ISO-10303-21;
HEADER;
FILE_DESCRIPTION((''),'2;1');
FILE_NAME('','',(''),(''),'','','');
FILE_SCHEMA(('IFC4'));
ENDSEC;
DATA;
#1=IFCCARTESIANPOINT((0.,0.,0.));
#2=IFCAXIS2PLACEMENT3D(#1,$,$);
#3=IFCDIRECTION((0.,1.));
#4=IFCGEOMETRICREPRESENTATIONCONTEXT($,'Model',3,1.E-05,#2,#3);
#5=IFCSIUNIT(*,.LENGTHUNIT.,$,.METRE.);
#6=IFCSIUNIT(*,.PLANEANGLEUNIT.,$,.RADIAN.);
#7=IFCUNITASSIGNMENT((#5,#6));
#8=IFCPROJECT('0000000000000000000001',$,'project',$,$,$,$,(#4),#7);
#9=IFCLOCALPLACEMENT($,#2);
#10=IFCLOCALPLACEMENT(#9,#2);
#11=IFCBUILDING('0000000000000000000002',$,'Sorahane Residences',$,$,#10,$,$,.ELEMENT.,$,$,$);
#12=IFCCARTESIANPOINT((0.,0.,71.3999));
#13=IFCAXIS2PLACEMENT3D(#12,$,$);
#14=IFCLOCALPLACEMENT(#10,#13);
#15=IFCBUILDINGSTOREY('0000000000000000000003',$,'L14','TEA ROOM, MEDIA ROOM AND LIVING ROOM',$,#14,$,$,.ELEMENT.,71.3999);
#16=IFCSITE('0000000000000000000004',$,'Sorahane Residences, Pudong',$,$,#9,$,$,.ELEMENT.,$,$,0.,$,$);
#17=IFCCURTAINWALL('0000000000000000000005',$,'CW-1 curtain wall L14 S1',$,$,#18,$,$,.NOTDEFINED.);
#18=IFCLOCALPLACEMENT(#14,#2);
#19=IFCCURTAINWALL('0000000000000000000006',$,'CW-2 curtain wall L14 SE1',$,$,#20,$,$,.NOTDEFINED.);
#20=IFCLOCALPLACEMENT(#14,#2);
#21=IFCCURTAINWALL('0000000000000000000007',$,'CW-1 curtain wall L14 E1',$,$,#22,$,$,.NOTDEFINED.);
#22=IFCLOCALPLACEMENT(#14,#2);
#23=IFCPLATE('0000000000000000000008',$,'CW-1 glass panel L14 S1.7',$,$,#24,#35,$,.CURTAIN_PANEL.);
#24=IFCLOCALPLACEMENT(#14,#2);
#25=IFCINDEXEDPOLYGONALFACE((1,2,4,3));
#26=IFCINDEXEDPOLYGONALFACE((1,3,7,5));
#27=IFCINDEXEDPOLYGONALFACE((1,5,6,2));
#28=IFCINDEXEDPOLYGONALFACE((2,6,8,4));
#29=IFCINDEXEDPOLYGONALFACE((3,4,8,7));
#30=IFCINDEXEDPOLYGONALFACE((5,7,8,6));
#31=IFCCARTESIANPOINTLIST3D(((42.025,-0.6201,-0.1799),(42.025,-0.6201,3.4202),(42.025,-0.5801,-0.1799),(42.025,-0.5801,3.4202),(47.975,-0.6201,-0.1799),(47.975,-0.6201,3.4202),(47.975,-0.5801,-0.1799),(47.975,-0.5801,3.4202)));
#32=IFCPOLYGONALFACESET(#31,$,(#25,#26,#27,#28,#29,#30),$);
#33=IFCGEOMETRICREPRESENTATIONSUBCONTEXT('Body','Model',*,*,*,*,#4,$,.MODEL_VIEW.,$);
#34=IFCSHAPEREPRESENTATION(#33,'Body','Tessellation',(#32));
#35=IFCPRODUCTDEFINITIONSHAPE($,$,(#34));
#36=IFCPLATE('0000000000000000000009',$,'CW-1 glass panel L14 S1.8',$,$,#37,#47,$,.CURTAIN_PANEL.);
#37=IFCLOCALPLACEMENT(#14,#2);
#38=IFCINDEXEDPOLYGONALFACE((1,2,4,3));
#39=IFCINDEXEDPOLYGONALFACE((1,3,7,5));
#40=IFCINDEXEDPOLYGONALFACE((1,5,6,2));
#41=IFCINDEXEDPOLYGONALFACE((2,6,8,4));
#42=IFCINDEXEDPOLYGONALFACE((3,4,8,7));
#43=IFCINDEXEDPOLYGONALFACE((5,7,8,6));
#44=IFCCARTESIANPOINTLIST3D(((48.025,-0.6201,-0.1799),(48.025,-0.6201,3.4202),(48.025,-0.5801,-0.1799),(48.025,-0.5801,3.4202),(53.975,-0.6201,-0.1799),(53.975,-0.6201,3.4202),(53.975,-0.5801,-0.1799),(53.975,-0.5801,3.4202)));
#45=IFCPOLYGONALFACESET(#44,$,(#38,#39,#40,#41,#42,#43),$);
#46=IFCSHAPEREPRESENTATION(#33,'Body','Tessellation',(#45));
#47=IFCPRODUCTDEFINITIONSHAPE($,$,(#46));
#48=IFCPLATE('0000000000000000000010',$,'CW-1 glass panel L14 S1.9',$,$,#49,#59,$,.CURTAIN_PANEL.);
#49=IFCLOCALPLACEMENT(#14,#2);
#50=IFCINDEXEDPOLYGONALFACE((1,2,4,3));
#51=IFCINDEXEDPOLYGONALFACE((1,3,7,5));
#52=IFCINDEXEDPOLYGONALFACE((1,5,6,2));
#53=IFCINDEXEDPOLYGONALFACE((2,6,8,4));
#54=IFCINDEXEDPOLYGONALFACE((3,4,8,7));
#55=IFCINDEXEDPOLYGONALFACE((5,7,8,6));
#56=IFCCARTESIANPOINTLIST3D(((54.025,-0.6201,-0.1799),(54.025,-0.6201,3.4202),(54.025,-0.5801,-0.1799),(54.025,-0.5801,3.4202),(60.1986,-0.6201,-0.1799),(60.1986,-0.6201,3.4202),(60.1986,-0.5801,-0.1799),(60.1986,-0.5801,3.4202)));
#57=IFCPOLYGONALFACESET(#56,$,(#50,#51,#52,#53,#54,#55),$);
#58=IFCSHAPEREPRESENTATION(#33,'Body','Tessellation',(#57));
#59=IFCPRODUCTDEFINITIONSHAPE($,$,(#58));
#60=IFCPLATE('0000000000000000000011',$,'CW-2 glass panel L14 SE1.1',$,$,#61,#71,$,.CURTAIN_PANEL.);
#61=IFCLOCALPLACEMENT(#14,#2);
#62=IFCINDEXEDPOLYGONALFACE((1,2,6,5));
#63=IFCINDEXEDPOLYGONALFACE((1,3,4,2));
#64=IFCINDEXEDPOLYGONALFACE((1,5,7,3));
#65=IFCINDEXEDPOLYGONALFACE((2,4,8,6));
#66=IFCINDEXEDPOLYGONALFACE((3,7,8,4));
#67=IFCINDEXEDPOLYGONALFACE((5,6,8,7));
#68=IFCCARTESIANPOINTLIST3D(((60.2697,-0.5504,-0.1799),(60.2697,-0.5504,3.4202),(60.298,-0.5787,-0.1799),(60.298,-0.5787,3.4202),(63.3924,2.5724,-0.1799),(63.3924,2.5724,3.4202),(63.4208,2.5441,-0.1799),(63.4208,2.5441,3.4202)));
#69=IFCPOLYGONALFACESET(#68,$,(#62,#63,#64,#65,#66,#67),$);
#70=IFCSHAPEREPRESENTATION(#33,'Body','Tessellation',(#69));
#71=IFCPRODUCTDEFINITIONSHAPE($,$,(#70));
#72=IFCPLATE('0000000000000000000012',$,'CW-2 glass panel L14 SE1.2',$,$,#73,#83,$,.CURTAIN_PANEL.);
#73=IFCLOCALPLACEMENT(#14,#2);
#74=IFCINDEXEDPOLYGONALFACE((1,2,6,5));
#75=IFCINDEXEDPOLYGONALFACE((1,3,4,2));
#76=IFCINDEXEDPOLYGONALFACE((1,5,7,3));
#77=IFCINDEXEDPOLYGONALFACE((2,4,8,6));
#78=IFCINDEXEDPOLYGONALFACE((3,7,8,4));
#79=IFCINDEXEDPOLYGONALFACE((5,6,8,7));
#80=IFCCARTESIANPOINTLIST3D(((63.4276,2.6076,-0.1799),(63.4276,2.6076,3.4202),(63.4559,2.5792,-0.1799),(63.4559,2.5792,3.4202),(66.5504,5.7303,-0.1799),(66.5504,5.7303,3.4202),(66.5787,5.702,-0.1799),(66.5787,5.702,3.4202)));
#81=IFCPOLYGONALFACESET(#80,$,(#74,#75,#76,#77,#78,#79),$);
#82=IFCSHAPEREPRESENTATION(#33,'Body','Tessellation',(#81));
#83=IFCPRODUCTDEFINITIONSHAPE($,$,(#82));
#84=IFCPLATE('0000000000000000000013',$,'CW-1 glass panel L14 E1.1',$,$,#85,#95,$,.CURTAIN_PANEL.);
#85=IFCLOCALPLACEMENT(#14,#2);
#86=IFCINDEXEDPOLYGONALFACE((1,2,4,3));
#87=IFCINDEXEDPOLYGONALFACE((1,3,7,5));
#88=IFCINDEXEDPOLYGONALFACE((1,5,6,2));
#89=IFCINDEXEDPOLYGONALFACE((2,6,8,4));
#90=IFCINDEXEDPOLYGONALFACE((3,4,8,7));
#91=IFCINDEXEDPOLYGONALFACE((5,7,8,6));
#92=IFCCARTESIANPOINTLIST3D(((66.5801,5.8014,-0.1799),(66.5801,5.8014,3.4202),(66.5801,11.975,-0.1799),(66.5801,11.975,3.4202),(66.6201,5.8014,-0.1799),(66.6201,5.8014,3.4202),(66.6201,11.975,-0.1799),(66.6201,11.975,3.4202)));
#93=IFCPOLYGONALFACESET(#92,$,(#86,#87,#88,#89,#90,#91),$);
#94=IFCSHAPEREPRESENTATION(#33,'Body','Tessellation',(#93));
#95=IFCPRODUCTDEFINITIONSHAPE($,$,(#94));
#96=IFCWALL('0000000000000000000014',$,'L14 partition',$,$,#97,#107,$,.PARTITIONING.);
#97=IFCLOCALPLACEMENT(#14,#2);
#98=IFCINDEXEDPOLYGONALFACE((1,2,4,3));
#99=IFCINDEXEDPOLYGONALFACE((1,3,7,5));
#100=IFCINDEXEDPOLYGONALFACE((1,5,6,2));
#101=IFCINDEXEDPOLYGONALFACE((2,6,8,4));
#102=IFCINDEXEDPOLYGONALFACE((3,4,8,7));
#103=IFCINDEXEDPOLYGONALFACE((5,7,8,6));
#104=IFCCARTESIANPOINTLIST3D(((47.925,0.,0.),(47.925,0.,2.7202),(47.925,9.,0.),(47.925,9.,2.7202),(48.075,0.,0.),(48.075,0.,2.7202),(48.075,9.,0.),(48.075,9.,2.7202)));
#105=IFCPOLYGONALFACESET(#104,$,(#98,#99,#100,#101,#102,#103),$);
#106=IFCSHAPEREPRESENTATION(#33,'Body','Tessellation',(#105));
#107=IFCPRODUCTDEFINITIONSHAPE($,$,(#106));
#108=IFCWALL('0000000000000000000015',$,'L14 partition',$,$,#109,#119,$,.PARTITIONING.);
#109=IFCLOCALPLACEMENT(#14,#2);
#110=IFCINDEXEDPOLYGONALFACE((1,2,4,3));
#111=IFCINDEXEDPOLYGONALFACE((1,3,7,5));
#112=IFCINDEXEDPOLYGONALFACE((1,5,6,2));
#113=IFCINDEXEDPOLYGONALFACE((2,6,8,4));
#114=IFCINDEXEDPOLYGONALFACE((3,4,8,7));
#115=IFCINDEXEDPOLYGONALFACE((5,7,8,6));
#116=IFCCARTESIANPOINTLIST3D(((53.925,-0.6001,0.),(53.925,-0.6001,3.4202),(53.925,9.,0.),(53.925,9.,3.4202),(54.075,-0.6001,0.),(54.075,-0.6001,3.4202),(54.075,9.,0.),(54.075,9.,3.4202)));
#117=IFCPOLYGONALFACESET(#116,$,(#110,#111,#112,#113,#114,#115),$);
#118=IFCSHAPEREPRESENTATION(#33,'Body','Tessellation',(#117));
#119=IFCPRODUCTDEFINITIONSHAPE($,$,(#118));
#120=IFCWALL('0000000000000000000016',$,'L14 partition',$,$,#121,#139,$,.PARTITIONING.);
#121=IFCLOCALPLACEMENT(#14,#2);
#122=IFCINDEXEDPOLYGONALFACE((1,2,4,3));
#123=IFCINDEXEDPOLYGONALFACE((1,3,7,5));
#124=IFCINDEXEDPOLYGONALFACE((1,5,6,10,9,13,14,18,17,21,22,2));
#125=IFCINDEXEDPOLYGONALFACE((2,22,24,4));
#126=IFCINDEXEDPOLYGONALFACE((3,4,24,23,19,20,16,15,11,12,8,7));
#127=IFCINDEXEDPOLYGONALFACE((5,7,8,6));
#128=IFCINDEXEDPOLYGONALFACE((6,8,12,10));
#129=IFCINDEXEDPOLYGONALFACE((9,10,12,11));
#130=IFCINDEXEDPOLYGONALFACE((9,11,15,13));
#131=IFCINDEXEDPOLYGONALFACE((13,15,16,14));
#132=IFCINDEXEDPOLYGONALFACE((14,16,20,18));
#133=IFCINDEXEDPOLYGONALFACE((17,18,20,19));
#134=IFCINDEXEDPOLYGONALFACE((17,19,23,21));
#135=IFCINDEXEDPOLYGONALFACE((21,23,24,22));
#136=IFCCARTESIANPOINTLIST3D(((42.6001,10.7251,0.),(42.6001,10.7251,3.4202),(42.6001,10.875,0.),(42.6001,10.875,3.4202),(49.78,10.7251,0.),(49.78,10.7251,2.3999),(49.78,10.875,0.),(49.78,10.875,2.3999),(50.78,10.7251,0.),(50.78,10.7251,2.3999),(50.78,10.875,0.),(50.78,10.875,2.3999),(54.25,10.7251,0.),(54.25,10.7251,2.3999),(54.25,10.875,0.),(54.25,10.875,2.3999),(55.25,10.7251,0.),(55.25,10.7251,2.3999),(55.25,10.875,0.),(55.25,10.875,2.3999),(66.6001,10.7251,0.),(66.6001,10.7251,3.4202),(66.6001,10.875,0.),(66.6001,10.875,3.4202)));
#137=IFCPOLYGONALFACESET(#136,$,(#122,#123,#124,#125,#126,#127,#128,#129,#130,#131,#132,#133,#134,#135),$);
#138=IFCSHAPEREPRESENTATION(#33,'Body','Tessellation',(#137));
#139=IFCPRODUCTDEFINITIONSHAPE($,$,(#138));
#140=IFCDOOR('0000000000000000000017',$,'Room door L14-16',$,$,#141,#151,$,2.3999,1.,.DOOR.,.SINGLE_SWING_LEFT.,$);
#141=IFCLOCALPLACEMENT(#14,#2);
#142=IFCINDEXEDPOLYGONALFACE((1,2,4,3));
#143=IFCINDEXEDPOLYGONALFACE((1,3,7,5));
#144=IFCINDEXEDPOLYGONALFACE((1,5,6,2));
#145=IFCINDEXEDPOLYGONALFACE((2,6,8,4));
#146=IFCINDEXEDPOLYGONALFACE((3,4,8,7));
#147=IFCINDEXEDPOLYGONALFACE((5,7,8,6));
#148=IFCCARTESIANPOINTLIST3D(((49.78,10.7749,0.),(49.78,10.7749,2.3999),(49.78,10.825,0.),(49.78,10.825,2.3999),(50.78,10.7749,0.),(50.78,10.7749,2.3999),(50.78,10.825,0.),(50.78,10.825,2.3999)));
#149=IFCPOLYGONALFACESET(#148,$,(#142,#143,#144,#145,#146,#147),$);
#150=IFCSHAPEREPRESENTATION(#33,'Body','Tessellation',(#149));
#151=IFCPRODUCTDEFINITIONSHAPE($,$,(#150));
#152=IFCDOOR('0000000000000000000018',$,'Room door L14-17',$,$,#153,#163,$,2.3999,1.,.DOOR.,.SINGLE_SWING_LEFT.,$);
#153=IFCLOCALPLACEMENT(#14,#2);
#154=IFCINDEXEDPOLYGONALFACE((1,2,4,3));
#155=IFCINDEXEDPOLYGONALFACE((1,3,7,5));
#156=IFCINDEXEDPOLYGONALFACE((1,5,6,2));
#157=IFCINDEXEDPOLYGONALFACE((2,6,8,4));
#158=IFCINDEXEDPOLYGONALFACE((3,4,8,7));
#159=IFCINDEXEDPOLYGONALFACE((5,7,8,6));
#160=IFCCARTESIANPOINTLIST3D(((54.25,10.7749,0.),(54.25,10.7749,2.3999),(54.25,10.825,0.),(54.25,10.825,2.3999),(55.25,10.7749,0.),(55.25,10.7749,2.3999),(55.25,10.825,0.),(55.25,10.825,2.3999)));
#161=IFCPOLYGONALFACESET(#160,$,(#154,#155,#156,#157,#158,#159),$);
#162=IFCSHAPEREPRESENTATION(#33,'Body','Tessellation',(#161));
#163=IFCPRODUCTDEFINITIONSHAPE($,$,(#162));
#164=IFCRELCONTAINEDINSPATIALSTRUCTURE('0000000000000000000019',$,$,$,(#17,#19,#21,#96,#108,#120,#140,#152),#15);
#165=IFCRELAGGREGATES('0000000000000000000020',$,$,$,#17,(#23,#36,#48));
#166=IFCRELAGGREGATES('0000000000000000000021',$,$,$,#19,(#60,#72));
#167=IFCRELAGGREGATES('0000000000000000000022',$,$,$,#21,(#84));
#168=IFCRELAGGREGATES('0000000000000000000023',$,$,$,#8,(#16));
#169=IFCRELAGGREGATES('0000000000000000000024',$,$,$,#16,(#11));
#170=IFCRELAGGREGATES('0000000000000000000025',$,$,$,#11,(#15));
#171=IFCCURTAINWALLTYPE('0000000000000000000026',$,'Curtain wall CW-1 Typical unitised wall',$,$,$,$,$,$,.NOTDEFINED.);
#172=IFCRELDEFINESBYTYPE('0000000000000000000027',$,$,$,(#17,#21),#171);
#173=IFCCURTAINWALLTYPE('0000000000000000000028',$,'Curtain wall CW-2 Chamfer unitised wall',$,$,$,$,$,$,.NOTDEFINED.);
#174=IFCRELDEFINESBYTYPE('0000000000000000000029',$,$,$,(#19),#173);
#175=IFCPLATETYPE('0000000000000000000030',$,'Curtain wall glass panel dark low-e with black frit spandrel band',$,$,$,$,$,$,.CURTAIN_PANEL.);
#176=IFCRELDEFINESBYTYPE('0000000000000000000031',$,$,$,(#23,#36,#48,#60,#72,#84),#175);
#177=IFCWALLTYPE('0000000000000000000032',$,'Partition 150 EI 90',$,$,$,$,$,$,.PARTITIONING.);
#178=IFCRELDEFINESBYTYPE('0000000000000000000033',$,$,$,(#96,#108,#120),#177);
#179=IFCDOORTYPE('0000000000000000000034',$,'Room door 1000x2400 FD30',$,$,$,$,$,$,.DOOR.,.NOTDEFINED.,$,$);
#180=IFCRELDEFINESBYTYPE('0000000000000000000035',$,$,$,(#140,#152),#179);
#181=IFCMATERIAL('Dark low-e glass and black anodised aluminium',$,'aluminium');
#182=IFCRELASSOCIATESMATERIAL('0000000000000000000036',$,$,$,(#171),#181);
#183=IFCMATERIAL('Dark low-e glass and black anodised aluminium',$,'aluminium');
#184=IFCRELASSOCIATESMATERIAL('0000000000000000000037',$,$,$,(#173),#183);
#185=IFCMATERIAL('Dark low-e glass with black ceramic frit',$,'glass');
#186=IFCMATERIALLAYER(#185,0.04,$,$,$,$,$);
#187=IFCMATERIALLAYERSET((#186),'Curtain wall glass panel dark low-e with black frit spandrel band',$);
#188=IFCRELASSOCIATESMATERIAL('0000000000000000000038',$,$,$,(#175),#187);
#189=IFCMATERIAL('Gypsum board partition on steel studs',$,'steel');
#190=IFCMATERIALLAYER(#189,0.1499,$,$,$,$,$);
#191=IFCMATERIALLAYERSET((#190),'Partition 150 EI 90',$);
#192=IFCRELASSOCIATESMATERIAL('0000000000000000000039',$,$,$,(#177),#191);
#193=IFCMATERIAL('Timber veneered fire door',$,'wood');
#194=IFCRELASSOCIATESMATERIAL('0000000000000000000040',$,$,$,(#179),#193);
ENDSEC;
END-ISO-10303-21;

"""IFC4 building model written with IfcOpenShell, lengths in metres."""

from ifc_helpers import new_model, si_unit, direction, frame, frame_2d, origin, origin_2d, place, context, subcontext, project, spatial, rectangle, extrude, material, layer, layer_set, type_object, element, fill, aggregate, save


model = new_model("IFC4")

# Units and contexts
model_context = context("Model", 3, precision=1e-05, world=origin(), true_north=direction((0.0, 1.0)))
body_context = subcontext(model_context, "Body", "Model", "MODEL_VIEW")
ifc_project = project(units=[si_unit("LENGTHUNIT", "METRE"), si_unit("PLANEANGLEUNIT", "RADIAN")], contexts=[model_context])

# Site, building, storey
site_placement = place(None, origin())
site = spatial("IfcSite", under=ifc_project, at=site_placement, Name="Sorahane Residences, Pudong", CompositionType="ELEMENT", RefElevation=0.0)
building_placement = place(site_placement, origin())
building = spatial("IfcBuilding", under=site, at=building_placement, Name="Sorahane Residences", CompositionType="ELEMENT")
storey_placement = place(building_placement, frame((0.0, 0.0, 71.3999)))
storey = spatial("IfcBuildingStorey", under=building, at=storey_placement, Name="L14", Description="TEA ROOM, MEDIA ROOM AND LIVING ROOM", CompositionType="ELEMENT", Elevation=71.3999)

# Curtain walls
ifc_material_1 = material(Name="Dark low-e glass and black anodised aluminium", Category="aluminium")
curtain_wall_type_1 = type_object("IfcCurtainWallType", Name="Curtain wall CW-1 Typical unitised wall", PredefinedType="NOTDEFINED", material=ifc_material_1)
curtain_wall_1_placement = place(storey_placement, origin())
curtain_wall_1 = element("IfcCurtainWall", 1, at=curtain_wall_1_placement, inside=storey, type_object=curtain_wall_type_1, Name="CW-1 curtain wall L14 S1", PredefinedType="NOTDEFINED")
ifc_material_2 = material(Name="Dark low-e glass and black anodised aluminium", Category="aluminium")
curtain_wall_type_2 = type_object("IfcCurtainWallType", Name="Curtain wall CW-2 Chamfer unitised wall", PredefinedType="NOTDEFINED", material=ifc_material_2)
curtain_wall_2_placement = place(storey_placement, origin())
curtain_wall_2 = element("IfcCurtainWall", 2, at=curtain_wall_2_placement, inside=storey, type_object=curtain_wall_type_2, Name="CW-2 curtain wall L14 SE1", PredefinedType="NOTDEFINED")

# Curtain wall
curtain_wall_3_placement = place(storey_placement, origin())
curtain_wall_3 = element("IfcCurtainWall", 3, at=curtain_wall_3_placement, inside=storey, type_object=curtain_wall_type_1, Name="CW-1 curtain wall L14 E1", PredefinedType="NOTDEFINED")

# Plates
ifc_material_3 = material(Name="Dark low-e glass with black ceramic frit", Category="glass")
ifc_layer_1 = layer(ifc_material_3, 0.04)
ifc_layer_set_1 = layer_set([ifc_layer_1], Name="Curtain wall glass panel dark low-e with black frit spandrel band")
plate_type = type_object("IfcPlateType", Name="Curtain wall glass panel dark low-e with black frit spandrel band", PredefinedType="CURTAIN_PANEL", material=ifc_layer_set_1)
plate_1_placement = place(storey_placement, frame((45.0, -0.6001, -0.1799), z_axis=(0.0, 0.0, 1.0), x_axis=(1.0, 0.0, 0.0)))
plate_1 = element("IfcPlate", 4, at=plate_1_placement, type_object=plate_type, Name="CW-1 glass panel L14 S1.7", PredefinedType="CURTAIN_PANEL", context=body_context, shape_type="SweptSolid", body=[
    extrude(rectangle(XDim=5.95, YDim=0.04, at=origin_2d()), origin(), (0.0, 0.0, 1.0), 3.6001),
])
plate_2_placement = place(storey_placement, frame((51.0, -0.6001, -0.1799), z_axis=(0.0, 0.0, 1.0), x_axis=(1.0, 0.0, 0.0)))
plate_2 = element("IfcPlate", 5, at=plate_2_placement, type_object=plate_type, Name="CW-1 glass panel L14 S1.8", PredefinedType="CURTAIN_PANEL", context=body_context, shape_type="SweptSolid", body=[
    extrude(rectangle(XDim=5.95, YDim=0.04, at=origin_2d()), origin(), (0.0, 0.0, 1.0), 3.6001),
])
plate_3_placement = place(storey_placement, frame((57.1118, -0.6001, -0.1799), z_axis=(0.0, 0.0, 1.0), x_axis=(1.0, 0.0, 0.0)))
plate_3 = element("IfcPlate", 6, at=plate_3_placement, type_object=plate_type, Name="CW-1 glass panel L14 S1.9", PredefinedType="CURTAIN_PANEL", context=body_context, shape_type="SweptSolid", body=[
    extrude(rectangle(XDim=6.1736, YDim=0.04, at=origin_2d()), origin(), (0.0, 0.0, 1.0), 3.6001),
])
aggregate(curtain_wall_1, [plate_1, plate_2, plate_3])
plate_4_placement = place(storey_placement, frame((61.8452, 0.9968, -0.1799), z_axis=(0.0, 0.0, 1.0), x_axis=(0.707107, 0.707107, 0.0)))
plate_4 = element("IfcPlate", 7, at=plate_4_placement, type_object=plate_type, Name="CW-2 glass panel L14 SE1.1", PredefinedType="CURTAIN_PANEL", context=body_context, shape_type="SweptSolid", body=[
    extrude(rectangle(XDim=4.4163, YDim=0.04, at=origin_2d()), origin(), (0.0, 0.0, 1.0), 3.6001),
])
plate_5_placement = place(storey_placement, frame((65.0032, 4.1548, -0.1799), z_axis=(0.0, 0.0, 1.0), x_axis=(0.707107, 0.707107, 0.0)))
plate_5 = element("IfcPlate", 8, at=plate_5_placement, type_object=plate_type, Name="CW-2 glass panel L14 SE1.2", PredefinedType="CURTAIN_PANEL", context=body_context, shape_type="SweptSolid", body=[
    extrude(rectangle(XDim=4.4163, YDim=0.04, at=origin_2d()), origin(), (0.0, 0.0, 1.0), 3.6001),
])
aggregate(curtain_wall_2, [plate_4, plate_5])
plate_6_placement = place(storey_placement, frame((66.6001, 8.8882, -0.1799), z_axis=(0.0, 0.0, 1.0), x_axis=(0.0, 1.0, 0.0)))
plate_6 = element("IfcPlate", 9, at=plate_6_placement, type_object=plate_type, Name="CW-1 glass panel L14 E1.1", PredefinedType="CURTAIN_PANEL", context=body_context, shape_type="SweptSolid", body=[
    extrude(rectangle(XDim=6.1736, YDim=0.04, at=origin_2d()), origin(), (0.0, 0.0, 1.0), 3.6001),
])
aggregate(curtain_wall_3, [plate_6])

# Walls
ifc_material_4 = material(Name="Gypsum board partition on steel studs", Category="steel")
ifc_layer_2 = layer(ifc_material_4, 0.1499)
ifc_layer_set_2 = layer_set([ifc_layer_2], Name="Partition 150 EI 90")
wall_type = type_object("IfcWallType", Name="Partition 150 EI 90", PredefinedType="PARTITIONING", material=ifc_layer_set_2)
wall_1_placement = place(storey_placement, frame((48.0, 0.0, 0.0), z_axis=(0.0, 0.0, 1.0), x_axis=(0.0, 1.0, 0.0)))
element("IfcWall", 10, at=wall_1_placement, inside=storey, type_object=wall_type, Name="L14 partition", PredefinedType="PARTITIONING", context=body_context, shape_type="SweptSolid", body=[
    extrude(rectangle(XDim=9.0, YDim=0.1499, at=frame_2d((4.5, 0.0))), origin(), (0.0, 0.0, 1.0), 2.7202),
])
wall_2_placement = place(storey_placement, frame((54.0, -0.6001, 0.0), z_axis=(0.0, 0.0, 1.0), x_axis=(0.0, 1.0, 0.0)))
element("IfcWall", 11, at=wall_2_placement, inside=storey, type_object=wall_type, Name="L14 partition", PredefinedType="PARTITIONING", context=body_context, shape_type="SweptSolid", body=[
    extrude(rectangle(XDim=9.6001, YDim=0.1499, at=frame_2d((4.8, 0.0))), origin(), (0.0, 0.0, 1.0), 3.4202),
])

# Wall, openings, doors
wall_3_placement = place(storey_placement, frame((42.6001, 10.8, 0.0), z_axis=(0.0, 0.0, 1.0), x_axis=(1.0, 0.0, 0.0)))
wall_3 = element("IfcWall", 12, at=wall_3_placement, inside=storey, type_object=wall_type, Name="L14 partition", PredefinedType="PARTITIONING", context=body_context, shape_type="SweptSolid", body=[
    extrude(rectangle(XDim=24.0, YDim=0.1499, at=frame_2d((12.0, 0.0))), origin(), (0.0, 0.0, 1.0), 3.4202),
])
opening_1_placement = place(wall_3_placement, frame((7.1799, 0.0, 0.0)))
opening_1 = element("IfcOpeningElement", 13, at=opening_1_placement, cuts=wall_3, PredefinedType="OPENING", context=body_context, shape_type="SweptSolid", body=[
    extrude(rectangle(XDim=1.0, YDim=2.3999, at=frame_2d((0.5, 1.2))), frame((0.0, 0.085, 0.0), z_axis=(0.0, -1.0, 0.0), x_axis=(1.0, 0.0, 0.0)), (0.0, 0.0, 1.0), 0.1699),
])
opening_2_placement = place(wall_3_placement, frame((11.6499, 0.0, 0.0)))
opening_2 = element("IfcOpeningElement", 14, at=opening_2_placement, cuts=wall_3, PredefinedType="OPENING", context=body_context, shape_type="SweptSolid", body=[
    extrude(rectangle(XDim=1.0, YDim=2.3999, at=frame_2d((0.5, 1.2))), frame((0.0, 0.085, 0.0), z_axis=(0.0, -1.0, 0.0), x_axis=(1.0, 0.0, 0.0)), (0.0, 0.0, 1.0), 0.1699),
])
ifc_material_5 = material(Name="Timber veneered fire door", Category="wood")
door_type_1 = type_object("IfcDoorType", Name="Room door 1000x2400 FD30", OperationType="NOTDEFINED", PredefinedType="DOOR", material=ifc_material_5)
door_1_placement = place(opening_1_placement, origin())
door_1 = element("IfcDoor", 15, at=door_1_placement, inside=storey, type_object=door_type_1, Name="Room door L14-16", OperationType="SINGLE_SWING_LEFT", OverallHeight=2.3999, OverallWidth=1.0, PredefinedType="DOOR", context=body_context, shape_type="SweptSolid", body=[
    extrude(rectangle(XDim=1.0, YDim=2.3999, at=frame_2d((0.5, 1.2))), frame((0.0, 0.0249, 0.0), z_axis=(0.0, -1.0, 0.0), x_axis=(1.0, 0.0, 0.0)), (0.0, 0.0, 1.0), 0.05),
])
fill(opening_1, door_1)
door_2_placement = place(opening_2_placement, origin())
door_2 = element("IfcDoor", 16, at=door_2_placement, inside=storey, type_object=door_type_1, Name="Room door L14-17", OperationType="SINGLE_SWING_LEFT", OverallHeight=2.3999, OverallWidth=1.0, PredefinedType="DOOR", context=body_context, shape_type="SweptSolid", body=[
    extrude(rectangle(XDim=1.0, YDim=2.3999, at=frame_2d((0.5, 1.2))), frame((0.0, 0.0249, 0.0), z_axis=(0.0, -1.0, 0.0), x_axis=(1.0, 0.0, 0.0)), (0.0, 0.0, 1.0), 0.05),
])
fill(opening_2, door_2)

save(model, "model.ifc")
